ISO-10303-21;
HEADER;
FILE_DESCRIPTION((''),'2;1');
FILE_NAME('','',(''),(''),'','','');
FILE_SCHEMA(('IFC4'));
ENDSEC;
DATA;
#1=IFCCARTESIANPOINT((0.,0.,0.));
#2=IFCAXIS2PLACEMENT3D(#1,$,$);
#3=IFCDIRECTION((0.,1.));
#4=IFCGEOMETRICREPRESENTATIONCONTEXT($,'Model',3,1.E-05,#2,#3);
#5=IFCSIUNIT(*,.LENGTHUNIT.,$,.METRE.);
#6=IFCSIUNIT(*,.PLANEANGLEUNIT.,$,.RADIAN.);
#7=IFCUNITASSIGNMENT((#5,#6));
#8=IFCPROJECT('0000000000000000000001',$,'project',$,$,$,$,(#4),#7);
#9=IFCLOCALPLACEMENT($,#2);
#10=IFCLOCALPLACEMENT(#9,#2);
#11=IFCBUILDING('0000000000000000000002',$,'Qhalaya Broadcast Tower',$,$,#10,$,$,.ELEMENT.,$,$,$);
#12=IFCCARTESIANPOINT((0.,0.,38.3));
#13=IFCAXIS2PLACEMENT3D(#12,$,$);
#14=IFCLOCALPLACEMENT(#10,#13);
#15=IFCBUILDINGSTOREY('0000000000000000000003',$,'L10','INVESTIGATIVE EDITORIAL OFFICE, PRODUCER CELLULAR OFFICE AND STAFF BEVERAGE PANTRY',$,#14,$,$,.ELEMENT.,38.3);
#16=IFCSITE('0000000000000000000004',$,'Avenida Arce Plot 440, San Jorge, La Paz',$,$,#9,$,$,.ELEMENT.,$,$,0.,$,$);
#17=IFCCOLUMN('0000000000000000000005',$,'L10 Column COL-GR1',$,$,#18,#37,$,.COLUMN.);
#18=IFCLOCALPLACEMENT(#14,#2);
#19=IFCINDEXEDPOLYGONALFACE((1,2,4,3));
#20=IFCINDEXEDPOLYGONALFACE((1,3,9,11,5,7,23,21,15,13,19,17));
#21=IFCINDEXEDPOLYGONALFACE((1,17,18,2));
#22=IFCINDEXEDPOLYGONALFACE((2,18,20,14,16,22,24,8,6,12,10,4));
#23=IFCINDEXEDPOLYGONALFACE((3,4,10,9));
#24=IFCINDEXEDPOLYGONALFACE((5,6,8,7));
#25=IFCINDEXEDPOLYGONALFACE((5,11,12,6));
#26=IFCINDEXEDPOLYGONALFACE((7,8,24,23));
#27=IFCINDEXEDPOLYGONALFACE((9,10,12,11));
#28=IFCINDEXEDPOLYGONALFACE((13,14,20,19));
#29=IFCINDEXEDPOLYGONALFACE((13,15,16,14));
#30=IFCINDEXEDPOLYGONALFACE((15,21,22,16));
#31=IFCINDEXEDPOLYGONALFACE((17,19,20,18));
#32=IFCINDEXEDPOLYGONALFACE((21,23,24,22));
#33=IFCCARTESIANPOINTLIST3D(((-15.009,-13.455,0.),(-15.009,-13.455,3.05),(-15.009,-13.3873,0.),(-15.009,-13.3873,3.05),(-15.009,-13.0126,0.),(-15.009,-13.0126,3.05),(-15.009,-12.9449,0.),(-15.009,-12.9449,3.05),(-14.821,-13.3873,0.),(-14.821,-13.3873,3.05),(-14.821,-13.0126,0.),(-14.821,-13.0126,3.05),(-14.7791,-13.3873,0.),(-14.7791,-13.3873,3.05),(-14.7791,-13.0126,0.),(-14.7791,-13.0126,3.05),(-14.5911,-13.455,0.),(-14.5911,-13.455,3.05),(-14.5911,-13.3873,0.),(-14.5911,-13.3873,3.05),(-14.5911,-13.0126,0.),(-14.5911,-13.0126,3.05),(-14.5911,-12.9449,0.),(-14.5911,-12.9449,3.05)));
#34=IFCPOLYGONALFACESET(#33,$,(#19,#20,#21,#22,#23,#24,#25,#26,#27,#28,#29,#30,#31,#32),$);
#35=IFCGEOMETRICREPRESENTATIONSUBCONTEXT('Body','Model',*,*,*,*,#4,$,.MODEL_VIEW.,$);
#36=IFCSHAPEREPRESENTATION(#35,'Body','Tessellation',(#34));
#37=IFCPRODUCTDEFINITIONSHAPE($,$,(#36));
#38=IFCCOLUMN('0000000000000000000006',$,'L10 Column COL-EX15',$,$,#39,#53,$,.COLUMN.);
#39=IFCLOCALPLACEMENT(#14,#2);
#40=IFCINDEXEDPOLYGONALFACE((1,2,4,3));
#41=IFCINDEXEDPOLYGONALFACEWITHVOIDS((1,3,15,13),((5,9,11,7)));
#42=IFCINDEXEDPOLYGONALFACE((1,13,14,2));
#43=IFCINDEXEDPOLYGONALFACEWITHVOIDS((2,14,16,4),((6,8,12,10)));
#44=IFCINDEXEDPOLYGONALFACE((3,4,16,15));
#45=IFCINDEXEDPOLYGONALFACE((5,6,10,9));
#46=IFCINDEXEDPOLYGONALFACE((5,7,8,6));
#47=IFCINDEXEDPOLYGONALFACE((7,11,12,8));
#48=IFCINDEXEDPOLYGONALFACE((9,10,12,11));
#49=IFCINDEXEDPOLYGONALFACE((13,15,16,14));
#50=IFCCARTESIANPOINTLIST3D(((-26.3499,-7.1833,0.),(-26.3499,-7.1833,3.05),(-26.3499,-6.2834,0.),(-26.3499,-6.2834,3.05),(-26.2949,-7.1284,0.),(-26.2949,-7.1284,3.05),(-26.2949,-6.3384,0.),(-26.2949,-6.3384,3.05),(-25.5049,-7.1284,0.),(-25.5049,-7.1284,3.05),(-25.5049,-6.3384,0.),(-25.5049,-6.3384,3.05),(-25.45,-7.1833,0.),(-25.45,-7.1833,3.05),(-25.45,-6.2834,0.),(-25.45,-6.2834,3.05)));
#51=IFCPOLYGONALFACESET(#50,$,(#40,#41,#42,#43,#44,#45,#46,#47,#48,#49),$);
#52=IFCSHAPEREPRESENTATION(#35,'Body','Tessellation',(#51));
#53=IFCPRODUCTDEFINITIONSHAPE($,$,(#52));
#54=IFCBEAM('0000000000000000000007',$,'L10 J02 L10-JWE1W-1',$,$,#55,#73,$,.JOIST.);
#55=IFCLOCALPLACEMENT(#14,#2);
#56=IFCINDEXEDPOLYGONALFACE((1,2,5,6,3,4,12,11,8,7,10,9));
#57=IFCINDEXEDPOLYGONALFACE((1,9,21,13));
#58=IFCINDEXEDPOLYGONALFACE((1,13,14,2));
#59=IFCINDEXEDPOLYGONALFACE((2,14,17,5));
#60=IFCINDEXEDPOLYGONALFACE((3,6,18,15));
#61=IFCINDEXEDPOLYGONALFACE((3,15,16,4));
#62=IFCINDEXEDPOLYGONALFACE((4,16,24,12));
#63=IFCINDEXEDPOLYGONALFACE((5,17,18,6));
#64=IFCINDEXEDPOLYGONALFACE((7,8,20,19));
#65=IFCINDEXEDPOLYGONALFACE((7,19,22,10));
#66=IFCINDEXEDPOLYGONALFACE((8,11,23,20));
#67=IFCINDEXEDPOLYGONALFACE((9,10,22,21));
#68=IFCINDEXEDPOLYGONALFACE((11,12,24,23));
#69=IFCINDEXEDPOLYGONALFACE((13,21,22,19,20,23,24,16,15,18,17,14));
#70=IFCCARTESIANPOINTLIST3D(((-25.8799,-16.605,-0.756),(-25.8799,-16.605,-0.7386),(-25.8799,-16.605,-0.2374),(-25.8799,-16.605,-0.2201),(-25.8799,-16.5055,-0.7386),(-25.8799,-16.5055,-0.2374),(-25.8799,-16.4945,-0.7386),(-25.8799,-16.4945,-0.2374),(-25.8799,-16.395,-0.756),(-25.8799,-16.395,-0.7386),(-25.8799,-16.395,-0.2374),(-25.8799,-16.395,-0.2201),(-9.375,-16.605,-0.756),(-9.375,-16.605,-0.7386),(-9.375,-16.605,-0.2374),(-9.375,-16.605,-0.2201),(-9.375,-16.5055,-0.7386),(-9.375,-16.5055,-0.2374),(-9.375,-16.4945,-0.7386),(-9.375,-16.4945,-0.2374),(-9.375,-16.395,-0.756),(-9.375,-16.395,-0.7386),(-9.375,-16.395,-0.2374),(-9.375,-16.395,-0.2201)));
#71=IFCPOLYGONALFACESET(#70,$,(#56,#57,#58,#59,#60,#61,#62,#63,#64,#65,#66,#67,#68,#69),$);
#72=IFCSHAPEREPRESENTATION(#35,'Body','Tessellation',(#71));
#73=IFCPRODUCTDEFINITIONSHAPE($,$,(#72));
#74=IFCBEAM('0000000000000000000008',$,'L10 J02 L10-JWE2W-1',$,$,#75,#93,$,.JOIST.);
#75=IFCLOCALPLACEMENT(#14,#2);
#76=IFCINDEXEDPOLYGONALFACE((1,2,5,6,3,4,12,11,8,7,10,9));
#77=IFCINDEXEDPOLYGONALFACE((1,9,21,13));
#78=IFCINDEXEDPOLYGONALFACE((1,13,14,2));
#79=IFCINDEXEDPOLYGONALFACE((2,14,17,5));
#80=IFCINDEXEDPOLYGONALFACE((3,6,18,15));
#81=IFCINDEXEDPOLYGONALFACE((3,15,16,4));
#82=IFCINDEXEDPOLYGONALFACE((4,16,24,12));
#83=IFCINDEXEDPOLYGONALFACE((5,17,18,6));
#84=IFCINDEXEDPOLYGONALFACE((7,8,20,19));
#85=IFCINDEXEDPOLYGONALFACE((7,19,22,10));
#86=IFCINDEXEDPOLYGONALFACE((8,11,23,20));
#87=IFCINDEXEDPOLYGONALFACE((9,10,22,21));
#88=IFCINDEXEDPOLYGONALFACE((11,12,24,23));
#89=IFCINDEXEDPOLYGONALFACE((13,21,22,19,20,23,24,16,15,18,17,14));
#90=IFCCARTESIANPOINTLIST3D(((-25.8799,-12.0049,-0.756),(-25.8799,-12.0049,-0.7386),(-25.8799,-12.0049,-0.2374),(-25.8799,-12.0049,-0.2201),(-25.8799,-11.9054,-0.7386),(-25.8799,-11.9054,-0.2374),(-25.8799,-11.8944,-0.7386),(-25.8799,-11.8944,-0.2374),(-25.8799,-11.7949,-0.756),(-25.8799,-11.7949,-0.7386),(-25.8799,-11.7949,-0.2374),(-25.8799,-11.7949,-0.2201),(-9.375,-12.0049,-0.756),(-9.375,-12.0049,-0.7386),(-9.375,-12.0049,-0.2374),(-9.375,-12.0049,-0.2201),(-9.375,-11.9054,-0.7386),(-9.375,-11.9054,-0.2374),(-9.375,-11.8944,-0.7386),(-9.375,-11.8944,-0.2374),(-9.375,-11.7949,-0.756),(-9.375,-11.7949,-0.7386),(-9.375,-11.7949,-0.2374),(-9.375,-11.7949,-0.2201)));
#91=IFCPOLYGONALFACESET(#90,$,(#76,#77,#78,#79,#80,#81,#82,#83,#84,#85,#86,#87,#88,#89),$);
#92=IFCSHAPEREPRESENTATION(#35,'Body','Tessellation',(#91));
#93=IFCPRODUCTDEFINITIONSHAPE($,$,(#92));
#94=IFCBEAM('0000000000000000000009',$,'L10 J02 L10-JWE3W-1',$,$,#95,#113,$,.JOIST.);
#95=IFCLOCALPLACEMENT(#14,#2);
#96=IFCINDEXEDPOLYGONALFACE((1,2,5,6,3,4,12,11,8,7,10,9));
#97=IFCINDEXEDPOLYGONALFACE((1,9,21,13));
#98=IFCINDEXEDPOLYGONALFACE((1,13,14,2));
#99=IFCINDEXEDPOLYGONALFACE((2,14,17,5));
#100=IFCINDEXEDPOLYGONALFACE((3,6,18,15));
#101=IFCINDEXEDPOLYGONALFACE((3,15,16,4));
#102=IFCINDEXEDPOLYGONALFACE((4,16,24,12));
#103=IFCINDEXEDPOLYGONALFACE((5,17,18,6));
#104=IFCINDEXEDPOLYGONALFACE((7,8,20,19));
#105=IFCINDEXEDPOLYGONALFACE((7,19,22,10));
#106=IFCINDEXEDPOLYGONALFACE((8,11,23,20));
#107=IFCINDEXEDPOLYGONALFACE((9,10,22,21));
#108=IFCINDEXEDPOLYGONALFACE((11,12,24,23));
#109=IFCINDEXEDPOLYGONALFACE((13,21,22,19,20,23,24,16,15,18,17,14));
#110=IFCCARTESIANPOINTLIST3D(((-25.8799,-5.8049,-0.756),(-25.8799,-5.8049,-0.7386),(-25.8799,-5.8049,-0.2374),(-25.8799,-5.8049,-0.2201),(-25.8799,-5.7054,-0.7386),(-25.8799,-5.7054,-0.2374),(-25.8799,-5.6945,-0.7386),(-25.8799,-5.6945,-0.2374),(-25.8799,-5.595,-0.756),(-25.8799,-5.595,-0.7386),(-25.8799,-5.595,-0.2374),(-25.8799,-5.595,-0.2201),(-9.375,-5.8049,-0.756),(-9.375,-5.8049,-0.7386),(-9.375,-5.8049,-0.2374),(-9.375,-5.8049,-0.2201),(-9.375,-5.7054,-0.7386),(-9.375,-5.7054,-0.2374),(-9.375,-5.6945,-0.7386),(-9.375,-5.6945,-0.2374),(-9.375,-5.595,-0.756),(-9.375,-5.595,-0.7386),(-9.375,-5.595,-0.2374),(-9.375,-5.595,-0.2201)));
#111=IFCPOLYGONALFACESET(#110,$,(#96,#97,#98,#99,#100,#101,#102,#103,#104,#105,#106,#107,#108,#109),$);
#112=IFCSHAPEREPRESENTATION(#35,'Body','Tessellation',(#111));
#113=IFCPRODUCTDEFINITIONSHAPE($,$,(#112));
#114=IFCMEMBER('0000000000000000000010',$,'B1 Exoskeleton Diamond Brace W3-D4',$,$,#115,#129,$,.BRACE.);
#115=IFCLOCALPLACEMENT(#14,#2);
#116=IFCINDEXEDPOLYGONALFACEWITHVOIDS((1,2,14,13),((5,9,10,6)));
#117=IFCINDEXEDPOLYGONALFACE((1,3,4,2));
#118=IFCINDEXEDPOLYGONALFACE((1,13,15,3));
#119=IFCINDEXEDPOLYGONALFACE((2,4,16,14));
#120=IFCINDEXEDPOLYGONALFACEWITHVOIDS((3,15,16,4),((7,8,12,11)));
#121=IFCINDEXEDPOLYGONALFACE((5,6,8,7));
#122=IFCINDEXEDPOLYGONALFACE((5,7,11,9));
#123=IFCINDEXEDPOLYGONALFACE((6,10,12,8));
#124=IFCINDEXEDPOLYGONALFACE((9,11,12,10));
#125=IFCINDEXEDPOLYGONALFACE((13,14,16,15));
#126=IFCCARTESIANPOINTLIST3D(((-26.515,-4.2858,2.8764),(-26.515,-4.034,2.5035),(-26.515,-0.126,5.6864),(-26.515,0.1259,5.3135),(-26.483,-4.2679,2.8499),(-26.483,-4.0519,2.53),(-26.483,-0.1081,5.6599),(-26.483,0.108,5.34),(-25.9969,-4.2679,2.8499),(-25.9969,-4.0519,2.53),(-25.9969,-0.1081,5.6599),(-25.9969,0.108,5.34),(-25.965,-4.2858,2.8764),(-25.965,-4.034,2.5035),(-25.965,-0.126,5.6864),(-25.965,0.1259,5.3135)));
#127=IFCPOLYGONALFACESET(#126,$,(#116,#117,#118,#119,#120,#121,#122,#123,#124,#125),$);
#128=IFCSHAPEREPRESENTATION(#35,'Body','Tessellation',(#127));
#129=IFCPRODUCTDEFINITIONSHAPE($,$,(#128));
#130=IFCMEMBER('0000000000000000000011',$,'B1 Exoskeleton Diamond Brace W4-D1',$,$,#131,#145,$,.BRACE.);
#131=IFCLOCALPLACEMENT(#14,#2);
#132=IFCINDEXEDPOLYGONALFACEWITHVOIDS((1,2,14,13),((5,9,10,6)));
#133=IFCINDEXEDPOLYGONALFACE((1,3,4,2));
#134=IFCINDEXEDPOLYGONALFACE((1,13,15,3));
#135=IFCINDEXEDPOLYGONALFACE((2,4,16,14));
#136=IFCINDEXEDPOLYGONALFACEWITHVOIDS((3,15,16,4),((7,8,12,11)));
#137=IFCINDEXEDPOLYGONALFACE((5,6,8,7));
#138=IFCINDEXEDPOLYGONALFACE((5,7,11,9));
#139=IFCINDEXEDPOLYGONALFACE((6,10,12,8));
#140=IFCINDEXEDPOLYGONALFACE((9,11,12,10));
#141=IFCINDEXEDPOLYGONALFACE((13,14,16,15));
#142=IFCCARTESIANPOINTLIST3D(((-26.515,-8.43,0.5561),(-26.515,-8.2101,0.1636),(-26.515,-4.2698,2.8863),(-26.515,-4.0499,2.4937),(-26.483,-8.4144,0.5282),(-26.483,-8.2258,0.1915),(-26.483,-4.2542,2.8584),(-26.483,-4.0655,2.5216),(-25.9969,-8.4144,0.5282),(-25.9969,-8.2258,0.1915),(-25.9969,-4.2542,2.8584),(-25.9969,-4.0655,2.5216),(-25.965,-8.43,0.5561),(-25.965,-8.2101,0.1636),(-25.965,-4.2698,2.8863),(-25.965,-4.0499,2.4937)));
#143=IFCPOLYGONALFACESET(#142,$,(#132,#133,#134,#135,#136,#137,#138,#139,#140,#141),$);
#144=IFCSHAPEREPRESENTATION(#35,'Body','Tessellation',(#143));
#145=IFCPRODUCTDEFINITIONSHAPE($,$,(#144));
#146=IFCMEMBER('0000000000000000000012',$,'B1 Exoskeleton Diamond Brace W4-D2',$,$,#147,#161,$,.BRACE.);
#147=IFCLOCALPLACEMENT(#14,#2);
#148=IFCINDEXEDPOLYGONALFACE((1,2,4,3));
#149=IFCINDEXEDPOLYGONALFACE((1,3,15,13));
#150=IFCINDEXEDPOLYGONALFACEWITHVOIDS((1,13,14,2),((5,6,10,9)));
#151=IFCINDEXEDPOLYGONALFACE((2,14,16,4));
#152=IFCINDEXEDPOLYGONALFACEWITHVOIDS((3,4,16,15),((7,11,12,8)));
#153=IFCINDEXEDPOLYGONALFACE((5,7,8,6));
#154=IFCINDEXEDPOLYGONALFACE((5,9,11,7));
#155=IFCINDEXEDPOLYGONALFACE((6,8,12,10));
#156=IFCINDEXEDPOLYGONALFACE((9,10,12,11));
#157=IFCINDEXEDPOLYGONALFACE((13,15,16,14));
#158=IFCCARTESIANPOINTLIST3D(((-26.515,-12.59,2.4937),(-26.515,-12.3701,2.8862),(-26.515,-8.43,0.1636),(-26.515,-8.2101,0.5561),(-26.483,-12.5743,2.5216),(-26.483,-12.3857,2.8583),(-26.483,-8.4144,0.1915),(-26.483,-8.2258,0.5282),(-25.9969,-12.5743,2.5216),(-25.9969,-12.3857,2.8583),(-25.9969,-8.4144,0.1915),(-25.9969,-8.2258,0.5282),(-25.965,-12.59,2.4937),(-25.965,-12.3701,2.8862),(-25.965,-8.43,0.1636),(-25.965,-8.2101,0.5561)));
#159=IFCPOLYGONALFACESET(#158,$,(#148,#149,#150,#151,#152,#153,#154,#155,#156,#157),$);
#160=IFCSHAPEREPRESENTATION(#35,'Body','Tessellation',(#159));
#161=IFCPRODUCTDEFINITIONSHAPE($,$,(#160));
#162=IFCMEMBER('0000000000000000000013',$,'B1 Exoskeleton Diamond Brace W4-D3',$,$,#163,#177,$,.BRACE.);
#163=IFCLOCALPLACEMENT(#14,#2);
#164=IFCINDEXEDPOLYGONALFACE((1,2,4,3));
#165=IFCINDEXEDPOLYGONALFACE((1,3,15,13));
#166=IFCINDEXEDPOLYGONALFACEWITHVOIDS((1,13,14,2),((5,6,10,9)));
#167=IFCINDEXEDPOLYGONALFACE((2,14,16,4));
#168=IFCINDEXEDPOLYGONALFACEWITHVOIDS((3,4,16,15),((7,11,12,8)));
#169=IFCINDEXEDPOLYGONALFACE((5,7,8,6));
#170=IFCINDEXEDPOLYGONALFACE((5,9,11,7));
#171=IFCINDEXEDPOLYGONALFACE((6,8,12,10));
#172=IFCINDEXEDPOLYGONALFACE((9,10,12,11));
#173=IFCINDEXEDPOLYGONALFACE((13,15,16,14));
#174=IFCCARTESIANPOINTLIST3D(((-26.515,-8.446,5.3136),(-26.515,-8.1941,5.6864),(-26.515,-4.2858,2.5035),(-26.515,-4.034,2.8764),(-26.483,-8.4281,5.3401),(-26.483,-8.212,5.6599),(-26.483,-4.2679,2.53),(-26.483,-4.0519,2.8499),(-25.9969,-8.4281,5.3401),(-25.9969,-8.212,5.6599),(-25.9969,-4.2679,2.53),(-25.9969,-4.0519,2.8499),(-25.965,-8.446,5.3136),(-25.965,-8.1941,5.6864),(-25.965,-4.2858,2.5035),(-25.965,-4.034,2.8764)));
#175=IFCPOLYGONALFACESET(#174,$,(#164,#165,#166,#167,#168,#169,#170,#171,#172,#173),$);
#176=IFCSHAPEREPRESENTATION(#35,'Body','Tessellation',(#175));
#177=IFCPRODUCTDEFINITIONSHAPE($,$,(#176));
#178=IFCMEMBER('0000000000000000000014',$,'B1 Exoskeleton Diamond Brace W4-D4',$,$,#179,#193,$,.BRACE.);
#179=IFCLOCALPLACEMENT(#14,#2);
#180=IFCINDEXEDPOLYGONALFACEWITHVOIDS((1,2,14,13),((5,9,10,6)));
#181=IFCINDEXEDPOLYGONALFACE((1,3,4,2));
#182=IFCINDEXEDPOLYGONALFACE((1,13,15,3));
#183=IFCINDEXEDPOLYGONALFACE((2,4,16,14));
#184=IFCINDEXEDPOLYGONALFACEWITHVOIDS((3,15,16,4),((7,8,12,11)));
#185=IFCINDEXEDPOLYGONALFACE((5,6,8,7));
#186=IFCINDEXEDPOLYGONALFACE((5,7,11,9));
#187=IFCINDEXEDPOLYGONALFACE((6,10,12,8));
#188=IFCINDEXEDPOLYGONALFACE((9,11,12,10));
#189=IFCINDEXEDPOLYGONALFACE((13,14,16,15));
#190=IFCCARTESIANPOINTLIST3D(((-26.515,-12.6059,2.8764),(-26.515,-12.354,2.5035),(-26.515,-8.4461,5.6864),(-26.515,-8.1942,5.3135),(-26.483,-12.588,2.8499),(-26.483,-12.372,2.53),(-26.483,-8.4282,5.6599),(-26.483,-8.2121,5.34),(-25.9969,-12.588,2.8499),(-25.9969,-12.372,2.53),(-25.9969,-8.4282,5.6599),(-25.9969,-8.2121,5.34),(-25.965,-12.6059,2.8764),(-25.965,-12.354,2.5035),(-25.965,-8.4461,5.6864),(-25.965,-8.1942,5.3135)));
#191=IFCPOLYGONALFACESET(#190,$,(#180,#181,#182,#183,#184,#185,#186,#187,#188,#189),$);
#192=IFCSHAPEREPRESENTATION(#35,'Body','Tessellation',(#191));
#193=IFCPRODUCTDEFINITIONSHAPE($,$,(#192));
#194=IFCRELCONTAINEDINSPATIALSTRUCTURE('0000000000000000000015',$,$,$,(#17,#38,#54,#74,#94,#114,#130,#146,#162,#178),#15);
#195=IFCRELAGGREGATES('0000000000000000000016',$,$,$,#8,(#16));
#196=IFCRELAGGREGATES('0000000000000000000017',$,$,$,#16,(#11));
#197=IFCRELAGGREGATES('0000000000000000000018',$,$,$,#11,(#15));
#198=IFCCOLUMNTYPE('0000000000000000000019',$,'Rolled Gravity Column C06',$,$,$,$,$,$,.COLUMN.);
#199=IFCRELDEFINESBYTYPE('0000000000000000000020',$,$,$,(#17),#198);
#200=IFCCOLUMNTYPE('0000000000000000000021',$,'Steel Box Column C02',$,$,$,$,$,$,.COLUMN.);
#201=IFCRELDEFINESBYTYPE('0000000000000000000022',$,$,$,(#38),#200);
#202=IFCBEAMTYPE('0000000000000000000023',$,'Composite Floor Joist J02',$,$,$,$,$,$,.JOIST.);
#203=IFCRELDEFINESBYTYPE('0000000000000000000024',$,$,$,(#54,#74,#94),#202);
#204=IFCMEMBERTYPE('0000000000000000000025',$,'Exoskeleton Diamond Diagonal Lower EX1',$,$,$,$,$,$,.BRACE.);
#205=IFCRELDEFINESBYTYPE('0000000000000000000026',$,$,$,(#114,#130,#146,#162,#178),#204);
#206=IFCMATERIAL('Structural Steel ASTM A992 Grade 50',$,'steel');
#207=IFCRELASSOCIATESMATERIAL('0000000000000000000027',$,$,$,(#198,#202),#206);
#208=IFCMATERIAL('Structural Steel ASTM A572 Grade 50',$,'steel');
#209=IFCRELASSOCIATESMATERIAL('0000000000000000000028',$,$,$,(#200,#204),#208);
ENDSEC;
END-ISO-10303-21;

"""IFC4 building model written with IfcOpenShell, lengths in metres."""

from ifc_helpers import new_model, si_unit, direction, frame, origin, origin_2d, place, context, subcontext, project, spatial, hollow_rectangle, i_section, extrude, material, material_profile, profile_set, type_object, element, save


model = new_model("IFC4")

# Units and contexts
model_context = context("Model", 3, precision=1e-05, world=origin(), true_north=direction((0.0, 1.0)))
body_context = subcontext(model_context, "Body", "Model", "MODEL_VIEW")
ifc_project = project(units=[si_unit("LENGTHUNIT", "METRE"), si_unit("PLANEANGLEUNIT", "RADIAN")], contexts=[model_context])

# Site, building, storey
site_placement = place(None, origin())
site = spatial("IfcSite", under=ifc_project, at=site_placement, Name="Avenida Arce Plot 440, San Jorge, La Paz", CompositionType="ELEMENT", RefElevation=0.0)
building_placement = place(site_placement, origin())
building = spatial("IfcBuilding", under=site, at=building_placement, Name="Qhalaya Broadcast Tower", CompositionType="ELEMENT")
storey_placement = place(building_placement, frame((0.0, 0.0, 38.3)))
storey = spatial("IfcBuildingStorey", under=building, at=storey_placement, Name="L10", Description="INVESTIGATIVE EDITORIAL OFFICE, PRODUCER CELLULAR OFFICE AND STAFF BEVERAGE PANTRY", CompositionType="ELEMENT", Elevation=38.3)

# Columns
ifc_material_1 = material(Name="Structural Steel ASTM A992 Grade 50", Category="steel")
ifc_material_profile_1 = material_profile(ifc_material_1, i_section(OverallWidth=0.418, OverallDepth=0.51, WebThickness=0.042, FlangeThickness=0.0676, at=origin_2d()), Name="W14X370")
ifc_profile_set_1 = profile_set([ifc_material_profile_1], Name="Structural Steel ASTM A992 Grade 50")
column_type_1 = type_object("IfcColumnType", Name="Rolled Gravity Column C06", PredefinedType="COLUMN", material=ifc_profile_set_1)
column_1_placement = place(storey_placement, frame((-14.8, -13.2, 0.0), z_axis=(0.0, 0.0, 1.0), x_axis=(1.0, 0.0, 0.0)))
element("IfcColumn", 1, at=column_1_placement, inside=storey, type_object=column_type_1, Name="L10 Column COL-GR1", PredefinedType="COLUMN", context=body_context, shape_type="SweptSolid", body=[
    extrude(i_section(OverallWidth=0.418, OverallDepth=0.51, WebThickness=0.042, FlangeThickness=0.0676, at=origin_2d()), origin(), (0.0, 0.0, 1.0), 3.05),
])
ifc_material_2 = material(Name="Structural Steel ASTM A572 Grade 50", Category="steel")
ifc_material_profile_2 = material_profile(ifc_material_2, hollow_rectangle(XDim=0.8999, YDim=0.8999, WallThickness=0.0549, at=origin_2d()), Name="BOX 900x900x55")
ifc_profile_set_2 = profile_set([ifc_material_profile_2], Name="Structural Steel ASTM A572 Grade 50")
column_type_2 = type_object("IfcColumnType", Name="Steel Box Column C02", PredefinedType="COLUMN", material=ifc_profile_set_2)
column_2_placement = place(storey_placement, frame((-25.8999, -6.7334, 0.0), z_axis=(0.0, 0.0, 1.0), x_axis=(0.0, 1.0, 0.0)))
element("IfcColumn", 2, at=column_2_placement, inside=storey, type_object=column_type_2, Name="L10 Column COL-EX15", PredefinedType="COLUMN", context=body_context, shape_type="SweptSolid", body=[
    extrude(hollow_rectangle(XDim=0.8999, YDim=0.8999, WallThickness=0.0549, at=origin_2d()), origin(), (0.0, 0.0, 1.0), 3.05),
])

# Beams
ifc_material_profile_3 = material_profile(ifc_material_1, i_section(OverallWidth=0.21, OverallDepth=0.5359, WebThickness=0.011, FlangeThickness=0.0173, at=origin_2d()), Name="W21X68")
ifc_profile_set_3 = profile_set([ifc_material_profile_3], Name="Structural Steel ASTM A992 Grade 50")
beam_type_1 = type_object("IfcBeamType", Name="Composite Floor Joist J02", PredefinedType="JOIST", material=ifc_profile_set_3)
for number, where, z_axis, x_axis, name in (
    (3, (-25.8799, -16.5, -0.488), (1.0, 0.0, 0.0), (0.0, 1.0, 0.0), "L10 J02 L10-JWE1W-1"),
    (4, (-25.8799, -11.8999, -0.488), (1.0, 0.0, 0.0), (0.0, 1.0, 0.0), "L10 J02 L10-JWE2W-1"),
    (5, (-25.8799, -5.7, -0.488), (1.0, 0.0, 0.0), (0.0, 1.0, 0.0), "L10 J02 L10-JWE3W-1"),
):
    element("IfcBeam", number, at=place(storey_placement, frame(where, z_axis=z_axis, x_axis=x_axis)), inside=storey, type_object=beam_type_1, Name=name, PredefinedType="JOIST", context=body_context, shape_type="SweptSolid", body=[
        extrude(i_section(OverallWidth=0.21, OverallDepth=0.5359, WebThickness=0.011, FlangeThickness=0.0173, at=origin_2d()), origin(), (0.0, 0.0, 1.0), 16.5049),
    ])

# Members
ifc_material_profile_4 = material_profile(ifc_material_2, hollow_rectangle(XDim=0.45, YDim=0.55, WallThickness=0.032, at=origin_2d()), Name="BOX 450x550x32")
ifc_profile_set_4 = profile_set([ifc_material_profile_4], Name="Structural Steel ASTM A572 Grade 50")
member_type = type_object("IfcMemberType", Name="Exoskeleton Diamond Diagonal Lower EX1", PredefinedType="BRACE", material=ifc_profile_set_4)
member_1_placement = place(storey_placement, frame((-26.24, -4.1599, 2.6899), z_axis=(0.0, 0.828653, 0.559763), x_axis=(0.0, -0.559763, 0.828653)))
element("IfcMember", 6, at=member_1_placement, inside=storey, type_object=member_type, Name="B1 Exoskeleton Diamond Brace W3-D4", PredefinedType="BRACE", context=body_context, shape_type="SweptSolid", body=[
    extrude(hollow_rectangle(XDim=0.45, YDim=0.55, WallThickness=0.032, at=origin_2d()), origin(), (0.0, 0.0, 1.0), 5.02),
])
member_2_placement = place(storey_placement, frame((-26.24, -8.3201, 0.3599), z_axis=(0.0, 0.872471, 0.488666), x_axis=(0.0, -0.488666, 0.872471)))
element("IfcMember", 7, at=member_2_placement, inside=storey, type_object=member_type, Name="B1 Exoskeleton Diamond Brace W4-D1", PredefinedType="BRACE", context=body_context, shape_type="SweptSolid", body=[
    extrude(hollow_rectangle(XDim=0.45, YDim=0.55, WallThickness=0.032, at=origin_2d()), origin(), (0.0, 0.0, 1.0), 4.7683),
])
member_3_placement = place(storey_placement, frame((-26.24, -8.3201, 0.3599), z_axis=(0.0, -0.872459, 0.488688), x_axis=(0.0, 0.488688, 0.872459)))
element("IfcMember", 8, at=member_3_placement, inside=storey, type_object=member_type, Name="B1 Exoskeleton Diamond Brace W4-D2", PredefinedType="BRACE", context=body_context, shape_type="SweptSolid", body=[
    extrude(hollow_rectangle(XDim=0.45, YDim=0.55, WallThickness=0.032, at=origin_2d()), origin(), (0.0, 0.0, 1.0), 4.7681),
])
member_4_placement = place(storey_placement, frame((-26.24, -4.1599, 2.6899), z_axis=(0.0, -0.828668, 0.55974), x_axis=(0.0, 0.55974, 0.828668)))
element("IfcMember", 9, at=member_4_placement, inside=storey, type_object=member_type, Name="B1 Exoskeleton Diamond Brace W4-D3", PredefinedType="BRACE", context=body_context, shape_type="SweptSolid", body=[
    extrude(hollow_rectangle(XDim=0.45, YDim=0.55, WallThickness=0.032, at=origin_2d()), origin(), (0.0, 0.0, 1.0), 5.0203),
])
for number, where, z_axis, x_axis, name in (
    (10, (-26.24, -12.48, 2.6899), (0.0, 0.828653, 0.559763), (0.0, -0.559763, 0.828653), "B1 Exoskeleton Diamond Brace W4-D4"),
):
    element("IfcMember", number, at=place(storey_placement, frame(where, z_axis=z_axis, x_axis=x_axis)), inside=storey, type_object=member_type, Name=name, PredefinedType="BRACE", context=body_context, shape_type="SweptSolid", body=[
        extrude(hollow_rectangle(XDim=0.45, YDim=0.55, WallThickness=0.032, at=origin_2d()), origin(), (0.0, 0.0, 1.0), 5.02),
    ])

save(model, "model.ifc")
